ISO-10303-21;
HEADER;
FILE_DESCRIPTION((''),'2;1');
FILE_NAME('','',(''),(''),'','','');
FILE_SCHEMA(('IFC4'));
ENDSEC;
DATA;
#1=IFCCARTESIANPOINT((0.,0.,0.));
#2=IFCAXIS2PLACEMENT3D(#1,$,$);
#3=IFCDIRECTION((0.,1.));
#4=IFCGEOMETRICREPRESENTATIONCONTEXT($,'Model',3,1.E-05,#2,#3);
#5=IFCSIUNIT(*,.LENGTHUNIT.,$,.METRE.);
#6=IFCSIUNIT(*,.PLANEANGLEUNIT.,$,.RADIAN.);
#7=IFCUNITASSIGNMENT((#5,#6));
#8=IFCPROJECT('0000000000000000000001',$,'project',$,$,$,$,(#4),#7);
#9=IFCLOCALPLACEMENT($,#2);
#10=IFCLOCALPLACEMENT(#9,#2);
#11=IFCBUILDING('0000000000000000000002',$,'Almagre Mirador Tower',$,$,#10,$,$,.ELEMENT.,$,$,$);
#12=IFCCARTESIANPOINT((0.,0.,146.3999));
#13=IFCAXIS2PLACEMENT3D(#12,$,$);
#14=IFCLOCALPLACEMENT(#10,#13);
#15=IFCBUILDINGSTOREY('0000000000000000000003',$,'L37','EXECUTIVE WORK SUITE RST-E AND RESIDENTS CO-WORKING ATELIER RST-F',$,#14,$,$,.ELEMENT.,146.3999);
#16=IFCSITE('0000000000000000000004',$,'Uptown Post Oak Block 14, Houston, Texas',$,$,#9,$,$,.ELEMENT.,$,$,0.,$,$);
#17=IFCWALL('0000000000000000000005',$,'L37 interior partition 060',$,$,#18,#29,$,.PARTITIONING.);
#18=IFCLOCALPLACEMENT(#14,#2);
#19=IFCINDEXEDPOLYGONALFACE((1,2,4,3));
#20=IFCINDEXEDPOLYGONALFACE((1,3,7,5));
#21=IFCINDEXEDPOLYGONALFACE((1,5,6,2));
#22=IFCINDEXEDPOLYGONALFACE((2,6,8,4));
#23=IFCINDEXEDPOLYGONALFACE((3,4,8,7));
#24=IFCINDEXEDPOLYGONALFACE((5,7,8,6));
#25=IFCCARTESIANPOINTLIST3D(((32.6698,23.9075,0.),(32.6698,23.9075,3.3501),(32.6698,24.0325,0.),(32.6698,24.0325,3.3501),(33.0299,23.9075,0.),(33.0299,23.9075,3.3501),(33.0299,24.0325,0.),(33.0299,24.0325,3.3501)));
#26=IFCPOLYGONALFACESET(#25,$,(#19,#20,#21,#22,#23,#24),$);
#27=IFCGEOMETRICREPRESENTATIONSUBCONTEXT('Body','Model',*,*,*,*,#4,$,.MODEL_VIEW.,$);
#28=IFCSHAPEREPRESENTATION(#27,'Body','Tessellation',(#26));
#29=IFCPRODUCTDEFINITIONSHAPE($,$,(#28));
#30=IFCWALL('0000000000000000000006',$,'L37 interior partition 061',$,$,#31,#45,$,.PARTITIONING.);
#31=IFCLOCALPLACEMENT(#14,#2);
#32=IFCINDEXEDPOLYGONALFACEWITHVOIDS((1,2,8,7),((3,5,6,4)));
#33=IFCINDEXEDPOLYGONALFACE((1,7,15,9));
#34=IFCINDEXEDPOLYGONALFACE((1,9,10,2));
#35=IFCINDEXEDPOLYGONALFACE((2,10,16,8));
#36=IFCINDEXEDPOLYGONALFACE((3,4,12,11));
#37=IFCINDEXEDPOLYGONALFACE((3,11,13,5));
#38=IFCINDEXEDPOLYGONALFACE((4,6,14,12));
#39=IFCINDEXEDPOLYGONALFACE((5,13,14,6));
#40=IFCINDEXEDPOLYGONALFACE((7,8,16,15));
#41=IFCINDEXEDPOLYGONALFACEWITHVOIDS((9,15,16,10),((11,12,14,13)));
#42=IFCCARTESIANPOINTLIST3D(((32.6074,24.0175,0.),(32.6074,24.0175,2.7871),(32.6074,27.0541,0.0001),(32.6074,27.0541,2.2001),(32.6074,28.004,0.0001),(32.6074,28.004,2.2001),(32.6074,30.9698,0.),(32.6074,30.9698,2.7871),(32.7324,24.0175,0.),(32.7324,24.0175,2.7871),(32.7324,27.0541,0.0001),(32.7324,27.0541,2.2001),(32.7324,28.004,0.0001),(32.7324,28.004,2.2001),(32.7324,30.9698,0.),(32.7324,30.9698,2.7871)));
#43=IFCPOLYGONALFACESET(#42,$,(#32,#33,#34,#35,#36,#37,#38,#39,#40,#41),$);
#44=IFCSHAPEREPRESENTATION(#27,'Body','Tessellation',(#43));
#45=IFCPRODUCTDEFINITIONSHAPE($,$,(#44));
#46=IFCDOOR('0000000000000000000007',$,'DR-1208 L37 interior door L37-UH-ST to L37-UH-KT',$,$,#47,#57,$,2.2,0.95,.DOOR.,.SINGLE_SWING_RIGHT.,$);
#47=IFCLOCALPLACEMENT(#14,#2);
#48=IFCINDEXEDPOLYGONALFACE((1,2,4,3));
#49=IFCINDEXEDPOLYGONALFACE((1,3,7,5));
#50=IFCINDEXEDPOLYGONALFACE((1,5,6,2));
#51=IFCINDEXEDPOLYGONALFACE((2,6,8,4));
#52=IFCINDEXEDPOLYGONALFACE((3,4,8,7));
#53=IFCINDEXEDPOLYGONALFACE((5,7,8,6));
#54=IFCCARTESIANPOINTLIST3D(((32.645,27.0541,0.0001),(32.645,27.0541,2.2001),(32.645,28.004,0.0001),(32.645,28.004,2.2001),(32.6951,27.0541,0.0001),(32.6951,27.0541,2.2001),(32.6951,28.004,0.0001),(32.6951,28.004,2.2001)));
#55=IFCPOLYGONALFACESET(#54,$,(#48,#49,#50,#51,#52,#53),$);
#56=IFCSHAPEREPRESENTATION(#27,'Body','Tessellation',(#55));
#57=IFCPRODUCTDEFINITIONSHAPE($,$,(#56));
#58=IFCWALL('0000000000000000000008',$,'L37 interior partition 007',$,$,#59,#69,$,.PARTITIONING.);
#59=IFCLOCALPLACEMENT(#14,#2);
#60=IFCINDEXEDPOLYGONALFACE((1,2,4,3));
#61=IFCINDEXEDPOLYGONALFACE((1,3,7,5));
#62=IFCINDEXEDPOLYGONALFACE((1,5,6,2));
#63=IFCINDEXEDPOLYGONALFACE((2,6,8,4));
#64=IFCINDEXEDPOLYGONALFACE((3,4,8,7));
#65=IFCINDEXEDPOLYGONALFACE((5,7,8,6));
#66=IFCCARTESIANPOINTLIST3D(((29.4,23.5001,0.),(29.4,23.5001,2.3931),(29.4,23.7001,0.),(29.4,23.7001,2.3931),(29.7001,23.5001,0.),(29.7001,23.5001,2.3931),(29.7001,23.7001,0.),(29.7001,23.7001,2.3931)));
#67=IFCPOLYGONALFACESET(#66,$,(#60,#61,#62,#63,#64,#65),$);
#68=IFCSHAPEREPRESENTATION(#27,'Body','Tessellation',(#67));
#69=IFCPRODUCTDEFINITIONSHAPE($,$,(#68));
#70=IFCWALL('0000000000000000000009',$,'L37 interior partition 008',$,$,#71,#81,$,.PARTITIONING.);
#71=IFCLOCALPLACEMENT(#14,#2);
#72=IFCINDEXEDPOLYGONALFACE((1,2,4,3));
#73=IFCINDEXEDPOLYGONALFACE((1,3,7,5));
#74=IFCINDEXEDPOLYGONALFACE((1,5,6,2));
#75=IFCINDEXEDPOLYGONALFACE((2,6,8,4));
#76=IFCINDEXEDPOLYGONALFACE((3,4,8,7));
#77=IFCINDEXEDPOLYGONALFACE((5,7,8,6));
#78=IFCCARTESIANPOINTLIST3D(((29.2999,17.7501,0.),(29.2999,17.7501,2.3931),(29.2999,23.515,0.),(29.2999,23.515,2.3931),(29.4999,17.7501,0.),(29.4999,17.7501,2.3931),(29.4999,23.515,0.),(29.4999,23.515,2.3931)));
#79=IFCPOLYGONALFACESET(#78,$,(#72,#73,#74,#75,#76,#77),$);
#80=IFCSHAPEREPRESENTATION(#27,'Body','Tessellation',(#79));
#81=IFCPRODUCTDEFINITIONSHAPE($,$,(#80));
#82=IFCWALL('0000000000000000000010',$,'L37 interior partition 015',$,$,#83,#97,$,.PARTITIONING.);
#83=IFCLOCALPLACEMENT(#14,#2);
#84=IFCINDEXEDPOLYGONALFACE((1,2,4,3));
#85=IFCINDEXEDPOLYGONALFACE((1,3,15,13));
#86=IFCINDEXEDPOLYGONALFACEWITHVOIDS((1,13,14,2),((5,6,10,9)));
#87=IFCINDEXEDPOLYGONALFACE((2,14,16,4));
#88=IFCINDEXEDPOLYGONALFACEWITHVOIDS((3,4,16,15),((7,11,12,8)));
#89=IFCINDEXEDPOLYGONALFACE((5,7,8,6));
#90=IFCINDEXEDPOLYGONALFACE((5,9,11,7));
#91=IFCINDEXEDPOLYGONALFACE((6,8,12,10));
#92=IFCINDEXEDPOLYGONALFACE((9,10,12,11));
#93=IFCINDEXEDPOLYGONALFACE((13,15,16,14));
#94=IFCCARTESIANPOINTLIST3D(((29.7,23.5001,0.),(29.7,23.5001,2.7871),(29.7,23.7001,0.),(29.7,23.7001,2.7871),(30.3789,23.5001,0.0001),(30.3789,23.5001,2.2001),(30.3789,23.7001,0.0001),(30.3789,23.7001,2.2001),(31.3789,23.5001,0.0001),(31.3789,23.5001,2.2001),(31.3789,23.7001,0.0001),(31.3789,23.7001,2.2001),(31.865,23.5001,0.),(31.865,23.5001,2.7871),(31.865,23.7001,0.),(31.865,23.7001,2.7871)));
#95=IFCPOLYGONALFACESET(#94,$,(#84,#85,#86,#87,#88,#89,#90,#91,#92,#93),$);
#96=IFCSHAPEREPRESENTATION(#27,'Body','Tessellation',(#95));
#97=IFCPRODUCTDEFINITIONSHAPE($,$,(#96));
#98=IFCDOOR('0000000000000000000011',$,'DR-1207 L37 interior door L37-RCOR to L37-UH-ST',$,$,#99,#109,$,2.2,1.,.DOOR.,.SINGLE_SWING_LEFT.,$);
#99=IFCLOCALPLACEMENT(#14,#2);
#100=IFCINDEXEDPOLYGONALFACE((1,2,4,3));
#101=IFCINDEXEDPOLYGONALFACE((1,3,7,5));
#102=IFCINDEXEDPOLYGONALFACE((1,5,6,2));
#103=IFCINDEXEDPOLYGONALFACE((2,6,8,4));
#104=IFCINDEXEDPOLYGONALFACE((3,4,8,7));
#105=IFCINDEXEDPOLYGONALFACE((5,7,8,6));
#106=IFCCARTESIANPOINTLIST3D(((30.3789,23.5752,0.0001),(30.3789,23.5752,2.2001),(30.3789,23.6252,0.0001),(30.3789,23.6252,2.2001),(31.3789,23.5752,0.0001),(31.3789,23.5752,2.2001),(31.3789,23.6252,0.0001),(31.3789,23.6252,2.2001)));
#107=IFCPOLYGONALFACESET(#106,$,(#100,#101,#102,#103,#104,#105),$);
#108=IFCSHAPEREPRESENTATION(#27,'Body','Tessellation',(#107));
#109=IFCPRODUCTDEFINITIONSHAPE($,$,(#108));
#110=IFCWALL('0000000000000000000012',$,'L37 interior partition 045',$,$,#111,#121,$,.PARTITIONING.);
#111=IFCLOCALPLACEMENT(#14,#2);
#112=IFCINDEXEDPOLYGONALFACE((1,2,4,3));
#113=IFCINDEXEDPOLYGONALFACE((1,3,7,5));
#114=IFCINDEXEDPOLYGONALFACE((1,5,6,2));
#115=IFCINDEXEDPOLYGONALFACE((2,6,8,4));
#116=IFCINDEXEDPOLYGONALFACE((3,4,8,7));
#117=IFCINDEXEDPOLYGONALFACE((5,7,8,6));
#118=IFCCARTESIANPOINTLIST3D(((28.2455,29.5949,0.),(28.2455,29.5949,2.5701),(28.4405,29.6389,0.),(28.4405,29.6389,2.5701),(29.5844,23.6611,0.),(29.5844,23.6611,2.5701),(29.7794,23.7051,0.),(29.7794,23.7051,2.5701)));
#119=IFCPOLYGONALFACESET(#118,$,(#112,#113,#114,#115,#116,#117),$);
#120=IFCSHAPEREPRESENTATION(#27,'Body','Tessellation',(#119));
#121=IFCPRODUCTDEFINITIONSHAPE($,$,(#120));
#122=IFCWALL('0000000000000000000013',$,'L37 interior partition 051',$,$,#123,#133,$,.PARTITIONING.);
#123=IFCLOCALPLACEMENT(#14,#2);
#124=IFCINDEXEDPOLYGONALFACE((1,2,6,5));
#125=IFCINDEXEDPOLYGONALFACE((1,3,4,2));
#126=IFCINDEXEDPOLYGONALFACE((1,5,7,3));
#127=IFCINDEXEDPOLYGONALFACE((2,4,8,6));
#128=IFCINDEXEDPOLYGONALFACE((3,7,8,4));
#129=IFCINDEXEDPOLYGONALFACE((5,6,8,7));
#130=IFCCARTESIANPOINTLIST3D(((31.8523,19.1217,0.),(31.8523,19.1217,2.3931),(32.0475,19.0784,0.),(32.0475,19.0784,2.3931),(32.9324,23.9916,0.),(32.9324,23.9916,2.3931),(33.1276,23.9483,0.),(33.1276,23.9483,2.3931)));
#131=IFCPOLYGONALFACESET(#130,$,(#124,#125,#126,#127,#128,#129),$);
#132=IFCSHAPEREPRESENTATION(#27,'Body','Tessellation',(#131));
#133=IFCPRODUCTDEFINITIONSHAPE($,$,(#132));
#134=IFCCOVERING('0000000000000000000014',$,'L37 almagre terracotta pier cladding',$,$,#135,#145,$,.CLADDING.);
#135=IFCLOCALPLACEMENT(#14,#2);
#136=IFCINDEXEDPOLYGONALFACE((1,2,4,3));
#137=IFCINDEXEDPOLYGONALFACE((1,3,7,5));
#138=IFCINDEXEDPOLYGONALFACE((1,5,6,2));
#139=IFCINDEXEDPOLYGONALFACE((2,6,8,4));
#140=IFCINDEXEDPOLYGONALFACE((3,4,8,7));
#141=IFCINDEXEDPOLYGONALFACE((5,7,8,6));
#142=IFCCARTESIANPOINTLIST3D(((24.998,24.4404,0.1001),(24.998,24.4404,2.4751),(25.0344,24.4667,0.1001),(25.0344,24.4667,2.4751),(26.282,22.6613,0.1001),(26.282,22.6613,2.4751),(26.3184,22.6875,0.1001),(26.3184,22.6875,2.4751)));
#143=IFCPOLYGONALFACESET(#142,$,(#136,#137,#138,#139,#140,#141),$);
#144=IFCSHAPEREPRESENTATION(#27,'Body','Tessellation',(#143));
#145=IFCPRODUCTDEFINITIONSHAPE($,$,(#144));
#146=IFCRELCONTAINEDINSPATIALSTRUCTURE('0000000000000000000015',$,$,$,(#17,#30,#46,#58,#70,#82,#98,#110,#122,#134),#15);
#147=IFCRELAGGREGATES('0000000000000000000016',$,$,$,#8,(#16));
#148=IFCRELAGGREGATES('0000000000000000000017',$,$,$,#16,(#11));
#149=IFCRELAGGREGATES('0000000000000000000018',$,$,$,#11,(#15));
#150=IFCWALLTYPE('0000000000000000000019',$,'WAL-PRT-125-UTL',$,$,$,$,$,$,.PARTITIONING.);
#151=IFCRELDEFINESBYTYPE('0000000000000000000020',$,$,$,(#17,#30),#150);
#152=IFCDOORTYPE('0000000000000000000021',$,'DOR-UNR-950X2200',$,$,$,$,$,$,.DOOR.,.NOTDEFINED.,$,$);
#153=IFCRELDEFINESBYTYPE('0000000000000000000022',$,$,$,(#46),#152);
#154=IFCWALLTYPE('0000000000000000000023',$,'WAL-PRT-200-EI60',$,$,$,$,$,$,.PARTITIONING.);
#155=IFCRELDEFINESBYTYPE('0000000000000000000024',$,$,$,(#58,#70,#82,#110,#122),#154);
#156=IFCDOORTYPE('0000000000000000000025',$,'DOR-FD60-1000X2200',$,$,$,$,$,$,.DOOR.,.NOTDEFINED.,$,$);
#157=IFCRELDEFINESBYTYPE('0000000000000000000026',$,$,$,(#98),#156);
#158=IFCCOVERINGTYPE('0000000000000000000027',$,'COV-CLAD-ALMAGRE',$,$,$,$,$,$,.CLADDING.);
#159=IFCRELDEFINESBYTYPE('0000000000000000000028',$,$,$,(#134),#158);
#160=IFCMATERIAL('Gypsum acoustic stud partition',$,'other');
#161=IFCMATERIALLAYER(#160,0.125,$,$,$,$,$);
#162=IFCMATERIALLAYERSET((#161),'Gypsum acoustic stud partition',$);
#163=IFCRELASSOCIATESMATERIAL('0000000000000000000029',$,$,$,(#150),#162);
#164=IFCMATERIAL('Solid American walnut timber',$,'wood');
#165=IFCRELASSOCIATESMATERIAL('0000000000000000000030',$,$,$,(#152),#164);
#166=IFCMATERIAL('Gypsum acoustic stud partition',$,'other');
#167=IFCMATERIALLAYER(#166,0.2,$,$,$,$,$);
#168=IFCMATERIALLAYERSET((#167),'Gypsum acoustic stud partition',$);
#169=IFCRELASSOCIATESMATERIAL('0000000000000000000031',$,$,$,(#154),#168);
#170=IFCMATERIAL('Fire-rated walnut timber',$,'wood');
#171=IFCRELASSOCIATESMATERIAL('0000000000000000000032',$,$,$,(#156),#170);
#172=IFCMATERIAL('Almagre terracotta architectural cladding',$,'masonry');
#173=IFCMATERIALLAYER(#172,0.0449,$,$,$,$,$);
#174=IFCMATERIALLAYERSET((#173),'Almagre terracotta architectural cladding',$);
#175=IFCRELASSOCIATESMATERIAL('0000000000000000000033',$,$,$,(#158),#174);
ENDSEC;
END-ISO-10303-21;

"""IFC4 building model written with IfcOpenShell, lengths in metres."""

from ifc_helpers import new_model, si_unit, direction, frame, frame_2d, origin, origin_2d, place, context, subcontext, project, spatial, rectangle, extrude, material, layer, layer_set, type_object, element, fill, save


model = new_model("IFC4")

# Units and contexts
model_context = context("Model", 3, precision=1e-05, world=origin(), true_north=direction((0.0, 1.0)))
body_context = subcontext(model_context, "Body", "Model", "MODEL_VIEW")
ifc_project = project(units=[si_unit("LENGTHUNIT", "METRE"), si_unit("PLANEANGLEUNIT", "RADIAN")], contexts=[model_context])

# Site, building, storey
site_placement = place(None, origin())
site = spatial("IfcSite", under=ifc_project, at=site_placement, Name="Uptown Post Oak Block 14, Houston, Texas", CompositionType="ELEMENT", RefElevation=0.0)
building_placement = place(site_placement, origin())
building = spatial("IfcBuilding", under=site, at=building_placement, Name="Almagre Mirador Tower", CompositionType="ELEMENT")
storey_placement = place(building_placement, frame((0.0, 0.0, 146.3999)))
storey = spatial("IfcBuildingStorey", under=building, at=storey_placement, Name="L37", Description="EXECUTIVE WORK SUITE RST-E AND RESIDENTS CO-WORKING ATELIER RST-F", CompositionType="ELEMENT", Elevation=146.3999)

# Wall
ifc_material_1 = material(Name="Gypsum acoustic stud partition", Category="other")
ifc_layer_1 = layer(ifc_material_1, 0.125)
ifc_layer_set_1 = layer_set([ifc_layer_1], Name="Gypsum acoustic stud partition")
wall_type_1 = type_object("IfcWallType", Name="WAL-PRT-125-UTL", PredefinedType="PARTITIONING", material=ifc_layer_set_1)
wall_1_placement = place(storey_placement, frame((33.03, 23.97, 0.0), z_axis=(0.0, 0.0, 1.0), x_axis=(-1.0, 0.0, 0.0)))
element("IfcWall", 1, at=wall_1_placement, inside=storey, type_object=wall_type_1, Name="L37 interior partition 060", PredefinedType="PARTITIONING", context=body_context, shape_type="SweptSolid", body=[
    extrude(rectangle(XDim=0.3601, YDim=0.125, at=frame_2d((0.1802, 0.0))), origin(), (0.0, 0.0, 1.0), 3.3501),
])

# Wall, opening, door
wall_2_placement = place(storey_placement, frame((32.6699, 24.0176, 0.0), z_axis=(0.0, 0.0, 1.0), x_axis=(0.0, 1.0, 0.0)))
wall_2 = element("IfcWall", 2, at=wall_2_placement, inside=storey, type_object=wall_type_1, Name="L37 interior partition 061", PredefinedType="PARTITIONING", context=body_context, shape_type="SweptSolid", body=[
    extrude(rectangle(XDim=6.9524, YDim=0.125, at=frame_2d((3.4761, 0.0))), origin(), (0.0, 0.0, 1.0), 2.7871),
])
opening_1_placement = place(wall_2_placement, frame((3.0364, 0.0, 0.0)))
opening_1 = element("IfcOpeningElement", 3, at=opening_1_placement, cuts=wall_2, PredefinedType="OPENING", context=body_context, shape_type="SweptSolid", body=[
    extrude(rectangle(XDim=0.95, YDim=2.2, at=frame_2d((0.4751, 1.1001))), frame((0.0, 0.0725, 0.0), z_axis=(0.0, -1.0, 0.0), x_axis=(1.0, 0.0, 0.0)), (0.0, 0.0, 1.0), 0.145),
])
ifc_material_2 = material(Name="Solid American walnut timber", Category="wood")
door_type_1 = type_object("IfcDoorType", Name="DOR-UNR-950X2200", OperationType="NOTDEFINED", PredefinedType="DOOR", material=ifc_material_2)
door_1_placement = place(opening_1_placement, origin())
door_1 = element("IfcDoor", 4, at=door_1_placement, inside=storey, type_object=door_type_1, Name="DR-1208 L37 interior door L37-UH-ST to L37-UH-KT", OperationType="SINGLE_SWING_RIGHT", OverallHeight=2.2, OverallWidth=0.95, PredefinedType="DOOR", context=body_context, shape_type="SweptSolid", body=[
    extrude(rectangle(XDim=0.95, YDim=2.2, at=frame_2d((0.4751, 1.1001))), frame((0.0, 0.0249, 0.0), z_axis=(0.0, -1.0, 0.0), x_axis=(1.0, 0.0, 0.0)), (0.0, 0.0, 1.0), 0.05),
])
fill(opening_1, door_1)

# Walls
ifc_material_3 = material(Name="Gypsum acoustic stud partition", Category="other")
ifc_layer_2 = layer(ifc_material_3, 0.2)
ifc_layer_set_2 = layer_set([ifc_layer_2], Name="Gypsum acoustic stud partition")
wall_type_2 = type_object("IfcWallType", Name="WAL-PRT-200-EI60", PredefinedType="PARTITIONING", material=ifc_layer_set_2)
wall_3_placement = place(storey_placement, frame((29.7, 23.6001, 0.0), z_axis=(0.0, 0.0, 1.0), x_axis=(-1.0, 0.0, 0.0)))
element("IfcWall", 5, at=wall_3_placement, inside=storey, type_object=wall_type_2, Name="L37 interior partition 007", PredefinedType="PARTITIONING", context=body_context, shape_type="SweptSolid", body=[
    extrude(rectangle(XDim=0.3, YDim=0.2, at=frame_2d((0.1499, 0.0))), origin(), (0.0, 0.0, 1.0), 2.3931),
])
wall_4_placement = place(storey_placement, frame((29.3999, 23.5149, 0.0), z_axis=(0.0, 0.0, 1.0), x_axis=(0.0, -1.0, 0.0)))
element("IfcWall", 6, at=wall_4_placement, inside=storey, type_object=wall_type_2, Name="L37 interior partition 008", PredefinedType="PARTITIONING", context=body_context, shape_type="SweptSolid", body=[
    extrude(rectangle(XDim=5.7649, YDim=0.2, at=frame_2d((2.8823, 0.0))), origin(), (0.0, 0.0, 1.0), 2.3931),
])

# Wall, opening, door
wall_5_placement = place(storey_placement, frame((31.865, 23.6001, 0.0), z_axis=(0.0, 0.0, 1.0), x_axis=(-1.0, 0.0, 0.0)))
wall_5 = element("IfcWall", 7, at=wall_5_placement, inside=storey, type_object=wall_type_2, Name="L37 interior partition 015", PredefinedType="PARTITIONING", context=body_context, shape_type="SweptSolid", body=[
    extrude(rectangle(XDim=2.165, YDim=0.2, at=frame_2d((1.0825, 0.0))), origin(), (0.0, 0.0, 1.0), 2.7871),
])
opening_2_placement = place(wall_5_placement, frame((0.4861, 0.0, 0.0)))
opening_2 = element("IfcOpeningElement", 8, at=opening_2_placement, cuts=wall_5, PredefinedType="OPENING", context=body_context, shape_type="SweptSolid", body=[
    extrude(rectangle(XDim=1.0, YDim=2.2, at=frame_2d((0.5, 1.1001))), frame((0.0, 0.1101, 0.0), z_axis=(0.0, -1.0, 0.0), x_axis=(1.0, 0.0, 0.0)), (0.0, 0.0, 1.0), 0.22),
])
ifc_material_4 = material(Name="Fire-rated walnut timber", Category="wood")
door_type_2 = type_object("IfcDoorType", Name="DOR-FD60-1000X2200", OperationType="NOTDEFINED", PredefinedType="DOOR", material=ifc_material_4)
door_2_placement = place(opening_2_placement, origin())
door_2 = element("IfcDoor", 9, at=door_2_placement, inside=storey, type_object=door_type_2, Name="DR-1207 L37 interior door L37-RCOR to L37-UH-ST", OperationType="SINGLE_SWING_LEFT", OverallHeight=2.2, OverallWidth=1.0, PredefinedType="DOOR", context=body_context, shape_type="SweptSolid", body=[
    extrude(rectangle(XDim=1.0, YDim=2.2, at=frame_2d((0.5, 1.1001))), frame((0.0, 0.0249, 0.0), z_axis=(0.0, -1.0, 0.0), x_axis=(1.0, 0.0, 0.0)), (0.0, 0.0, 1.0), 0.05),
])
fill(opening_2, door_2)

# Walls
wall_6_placement = place(storey_placement, frame((29.6819, 23.6831, 0.0), z_axis=(0.0, 0.0, 1.0), x_axis=(-0.220099, 0.975477, 0.0)))
element("IfcWall", 10, at=wall_6_placement, inside=storey, type_object=wall_type_2, Name="L37 interior partition 045", PredefinedType="PARTITIONING", context=body_context, shape_type="SweptSolid", body=[
    extrude(rectangle(XDim=6.083, YDim=0.2, at=frame_2d((3.0415, 0.0))), origin(), (0.0, 0.0, 1.0), 2.5701),
])
wall_7_placement = place(storey_placement, frame((33.03, 23.97, 0.0), z_axis=(0.0, 0.0, 1.0), x_axis=(-0.216526, -0.976277, 0.0)))
element("IfcWall", 11, at=wall_7_placement, inside=storey, type_object=wall_type_2, Name="L37 interior partition 051", PredefinedType="PARTITIONING", context=body_context, shape_type="SweptSolid", body=[
    extrude(rectangle(XDim=4.9883, YDim=0.2, at=frame_2d((2.4941, 0.0))), origin(), (0.0, 0.0, 1.0), 2.3931),
])

# Covering
ifc_material_5 = material(Name="Almagre terracotta architectural cladding", Category="masonry")
ifc_layer_3 = layer(ifc_material_5, 0.0449)
ifc_layer_set_3 = layer_set([ifc_layer_3], Name="Almagre terracotta architectural cladding")
covering_type = type_object("IfcCoveringType", Name="COV-CLAD-ALMAGRE", PredefinedType="CLADDING", material=ifc_layer_set_3)
covering_placement = place(storey_placement, frame((25.6582, 23.564, 0.1001), z_axis=(0.0, 0.0, 1.0), x_axis=(-0.585227, 0.81087, 0.0)))
element("IfcCovering", 12, at=covering_placement, inside=storey, type_object=covering_type, Name="L37 almagre terracotta pier cladding", PredefinedType="CLADDING", context=body_context, shape_type="SweptSolid", body=[
    extrude(rectangle(XDim=2.1941, YDim=0.0449, at=origin_2d()), origin(), (0.0, 0.0, 1.0), 2.375),
])

save(model, "model.ifc")
